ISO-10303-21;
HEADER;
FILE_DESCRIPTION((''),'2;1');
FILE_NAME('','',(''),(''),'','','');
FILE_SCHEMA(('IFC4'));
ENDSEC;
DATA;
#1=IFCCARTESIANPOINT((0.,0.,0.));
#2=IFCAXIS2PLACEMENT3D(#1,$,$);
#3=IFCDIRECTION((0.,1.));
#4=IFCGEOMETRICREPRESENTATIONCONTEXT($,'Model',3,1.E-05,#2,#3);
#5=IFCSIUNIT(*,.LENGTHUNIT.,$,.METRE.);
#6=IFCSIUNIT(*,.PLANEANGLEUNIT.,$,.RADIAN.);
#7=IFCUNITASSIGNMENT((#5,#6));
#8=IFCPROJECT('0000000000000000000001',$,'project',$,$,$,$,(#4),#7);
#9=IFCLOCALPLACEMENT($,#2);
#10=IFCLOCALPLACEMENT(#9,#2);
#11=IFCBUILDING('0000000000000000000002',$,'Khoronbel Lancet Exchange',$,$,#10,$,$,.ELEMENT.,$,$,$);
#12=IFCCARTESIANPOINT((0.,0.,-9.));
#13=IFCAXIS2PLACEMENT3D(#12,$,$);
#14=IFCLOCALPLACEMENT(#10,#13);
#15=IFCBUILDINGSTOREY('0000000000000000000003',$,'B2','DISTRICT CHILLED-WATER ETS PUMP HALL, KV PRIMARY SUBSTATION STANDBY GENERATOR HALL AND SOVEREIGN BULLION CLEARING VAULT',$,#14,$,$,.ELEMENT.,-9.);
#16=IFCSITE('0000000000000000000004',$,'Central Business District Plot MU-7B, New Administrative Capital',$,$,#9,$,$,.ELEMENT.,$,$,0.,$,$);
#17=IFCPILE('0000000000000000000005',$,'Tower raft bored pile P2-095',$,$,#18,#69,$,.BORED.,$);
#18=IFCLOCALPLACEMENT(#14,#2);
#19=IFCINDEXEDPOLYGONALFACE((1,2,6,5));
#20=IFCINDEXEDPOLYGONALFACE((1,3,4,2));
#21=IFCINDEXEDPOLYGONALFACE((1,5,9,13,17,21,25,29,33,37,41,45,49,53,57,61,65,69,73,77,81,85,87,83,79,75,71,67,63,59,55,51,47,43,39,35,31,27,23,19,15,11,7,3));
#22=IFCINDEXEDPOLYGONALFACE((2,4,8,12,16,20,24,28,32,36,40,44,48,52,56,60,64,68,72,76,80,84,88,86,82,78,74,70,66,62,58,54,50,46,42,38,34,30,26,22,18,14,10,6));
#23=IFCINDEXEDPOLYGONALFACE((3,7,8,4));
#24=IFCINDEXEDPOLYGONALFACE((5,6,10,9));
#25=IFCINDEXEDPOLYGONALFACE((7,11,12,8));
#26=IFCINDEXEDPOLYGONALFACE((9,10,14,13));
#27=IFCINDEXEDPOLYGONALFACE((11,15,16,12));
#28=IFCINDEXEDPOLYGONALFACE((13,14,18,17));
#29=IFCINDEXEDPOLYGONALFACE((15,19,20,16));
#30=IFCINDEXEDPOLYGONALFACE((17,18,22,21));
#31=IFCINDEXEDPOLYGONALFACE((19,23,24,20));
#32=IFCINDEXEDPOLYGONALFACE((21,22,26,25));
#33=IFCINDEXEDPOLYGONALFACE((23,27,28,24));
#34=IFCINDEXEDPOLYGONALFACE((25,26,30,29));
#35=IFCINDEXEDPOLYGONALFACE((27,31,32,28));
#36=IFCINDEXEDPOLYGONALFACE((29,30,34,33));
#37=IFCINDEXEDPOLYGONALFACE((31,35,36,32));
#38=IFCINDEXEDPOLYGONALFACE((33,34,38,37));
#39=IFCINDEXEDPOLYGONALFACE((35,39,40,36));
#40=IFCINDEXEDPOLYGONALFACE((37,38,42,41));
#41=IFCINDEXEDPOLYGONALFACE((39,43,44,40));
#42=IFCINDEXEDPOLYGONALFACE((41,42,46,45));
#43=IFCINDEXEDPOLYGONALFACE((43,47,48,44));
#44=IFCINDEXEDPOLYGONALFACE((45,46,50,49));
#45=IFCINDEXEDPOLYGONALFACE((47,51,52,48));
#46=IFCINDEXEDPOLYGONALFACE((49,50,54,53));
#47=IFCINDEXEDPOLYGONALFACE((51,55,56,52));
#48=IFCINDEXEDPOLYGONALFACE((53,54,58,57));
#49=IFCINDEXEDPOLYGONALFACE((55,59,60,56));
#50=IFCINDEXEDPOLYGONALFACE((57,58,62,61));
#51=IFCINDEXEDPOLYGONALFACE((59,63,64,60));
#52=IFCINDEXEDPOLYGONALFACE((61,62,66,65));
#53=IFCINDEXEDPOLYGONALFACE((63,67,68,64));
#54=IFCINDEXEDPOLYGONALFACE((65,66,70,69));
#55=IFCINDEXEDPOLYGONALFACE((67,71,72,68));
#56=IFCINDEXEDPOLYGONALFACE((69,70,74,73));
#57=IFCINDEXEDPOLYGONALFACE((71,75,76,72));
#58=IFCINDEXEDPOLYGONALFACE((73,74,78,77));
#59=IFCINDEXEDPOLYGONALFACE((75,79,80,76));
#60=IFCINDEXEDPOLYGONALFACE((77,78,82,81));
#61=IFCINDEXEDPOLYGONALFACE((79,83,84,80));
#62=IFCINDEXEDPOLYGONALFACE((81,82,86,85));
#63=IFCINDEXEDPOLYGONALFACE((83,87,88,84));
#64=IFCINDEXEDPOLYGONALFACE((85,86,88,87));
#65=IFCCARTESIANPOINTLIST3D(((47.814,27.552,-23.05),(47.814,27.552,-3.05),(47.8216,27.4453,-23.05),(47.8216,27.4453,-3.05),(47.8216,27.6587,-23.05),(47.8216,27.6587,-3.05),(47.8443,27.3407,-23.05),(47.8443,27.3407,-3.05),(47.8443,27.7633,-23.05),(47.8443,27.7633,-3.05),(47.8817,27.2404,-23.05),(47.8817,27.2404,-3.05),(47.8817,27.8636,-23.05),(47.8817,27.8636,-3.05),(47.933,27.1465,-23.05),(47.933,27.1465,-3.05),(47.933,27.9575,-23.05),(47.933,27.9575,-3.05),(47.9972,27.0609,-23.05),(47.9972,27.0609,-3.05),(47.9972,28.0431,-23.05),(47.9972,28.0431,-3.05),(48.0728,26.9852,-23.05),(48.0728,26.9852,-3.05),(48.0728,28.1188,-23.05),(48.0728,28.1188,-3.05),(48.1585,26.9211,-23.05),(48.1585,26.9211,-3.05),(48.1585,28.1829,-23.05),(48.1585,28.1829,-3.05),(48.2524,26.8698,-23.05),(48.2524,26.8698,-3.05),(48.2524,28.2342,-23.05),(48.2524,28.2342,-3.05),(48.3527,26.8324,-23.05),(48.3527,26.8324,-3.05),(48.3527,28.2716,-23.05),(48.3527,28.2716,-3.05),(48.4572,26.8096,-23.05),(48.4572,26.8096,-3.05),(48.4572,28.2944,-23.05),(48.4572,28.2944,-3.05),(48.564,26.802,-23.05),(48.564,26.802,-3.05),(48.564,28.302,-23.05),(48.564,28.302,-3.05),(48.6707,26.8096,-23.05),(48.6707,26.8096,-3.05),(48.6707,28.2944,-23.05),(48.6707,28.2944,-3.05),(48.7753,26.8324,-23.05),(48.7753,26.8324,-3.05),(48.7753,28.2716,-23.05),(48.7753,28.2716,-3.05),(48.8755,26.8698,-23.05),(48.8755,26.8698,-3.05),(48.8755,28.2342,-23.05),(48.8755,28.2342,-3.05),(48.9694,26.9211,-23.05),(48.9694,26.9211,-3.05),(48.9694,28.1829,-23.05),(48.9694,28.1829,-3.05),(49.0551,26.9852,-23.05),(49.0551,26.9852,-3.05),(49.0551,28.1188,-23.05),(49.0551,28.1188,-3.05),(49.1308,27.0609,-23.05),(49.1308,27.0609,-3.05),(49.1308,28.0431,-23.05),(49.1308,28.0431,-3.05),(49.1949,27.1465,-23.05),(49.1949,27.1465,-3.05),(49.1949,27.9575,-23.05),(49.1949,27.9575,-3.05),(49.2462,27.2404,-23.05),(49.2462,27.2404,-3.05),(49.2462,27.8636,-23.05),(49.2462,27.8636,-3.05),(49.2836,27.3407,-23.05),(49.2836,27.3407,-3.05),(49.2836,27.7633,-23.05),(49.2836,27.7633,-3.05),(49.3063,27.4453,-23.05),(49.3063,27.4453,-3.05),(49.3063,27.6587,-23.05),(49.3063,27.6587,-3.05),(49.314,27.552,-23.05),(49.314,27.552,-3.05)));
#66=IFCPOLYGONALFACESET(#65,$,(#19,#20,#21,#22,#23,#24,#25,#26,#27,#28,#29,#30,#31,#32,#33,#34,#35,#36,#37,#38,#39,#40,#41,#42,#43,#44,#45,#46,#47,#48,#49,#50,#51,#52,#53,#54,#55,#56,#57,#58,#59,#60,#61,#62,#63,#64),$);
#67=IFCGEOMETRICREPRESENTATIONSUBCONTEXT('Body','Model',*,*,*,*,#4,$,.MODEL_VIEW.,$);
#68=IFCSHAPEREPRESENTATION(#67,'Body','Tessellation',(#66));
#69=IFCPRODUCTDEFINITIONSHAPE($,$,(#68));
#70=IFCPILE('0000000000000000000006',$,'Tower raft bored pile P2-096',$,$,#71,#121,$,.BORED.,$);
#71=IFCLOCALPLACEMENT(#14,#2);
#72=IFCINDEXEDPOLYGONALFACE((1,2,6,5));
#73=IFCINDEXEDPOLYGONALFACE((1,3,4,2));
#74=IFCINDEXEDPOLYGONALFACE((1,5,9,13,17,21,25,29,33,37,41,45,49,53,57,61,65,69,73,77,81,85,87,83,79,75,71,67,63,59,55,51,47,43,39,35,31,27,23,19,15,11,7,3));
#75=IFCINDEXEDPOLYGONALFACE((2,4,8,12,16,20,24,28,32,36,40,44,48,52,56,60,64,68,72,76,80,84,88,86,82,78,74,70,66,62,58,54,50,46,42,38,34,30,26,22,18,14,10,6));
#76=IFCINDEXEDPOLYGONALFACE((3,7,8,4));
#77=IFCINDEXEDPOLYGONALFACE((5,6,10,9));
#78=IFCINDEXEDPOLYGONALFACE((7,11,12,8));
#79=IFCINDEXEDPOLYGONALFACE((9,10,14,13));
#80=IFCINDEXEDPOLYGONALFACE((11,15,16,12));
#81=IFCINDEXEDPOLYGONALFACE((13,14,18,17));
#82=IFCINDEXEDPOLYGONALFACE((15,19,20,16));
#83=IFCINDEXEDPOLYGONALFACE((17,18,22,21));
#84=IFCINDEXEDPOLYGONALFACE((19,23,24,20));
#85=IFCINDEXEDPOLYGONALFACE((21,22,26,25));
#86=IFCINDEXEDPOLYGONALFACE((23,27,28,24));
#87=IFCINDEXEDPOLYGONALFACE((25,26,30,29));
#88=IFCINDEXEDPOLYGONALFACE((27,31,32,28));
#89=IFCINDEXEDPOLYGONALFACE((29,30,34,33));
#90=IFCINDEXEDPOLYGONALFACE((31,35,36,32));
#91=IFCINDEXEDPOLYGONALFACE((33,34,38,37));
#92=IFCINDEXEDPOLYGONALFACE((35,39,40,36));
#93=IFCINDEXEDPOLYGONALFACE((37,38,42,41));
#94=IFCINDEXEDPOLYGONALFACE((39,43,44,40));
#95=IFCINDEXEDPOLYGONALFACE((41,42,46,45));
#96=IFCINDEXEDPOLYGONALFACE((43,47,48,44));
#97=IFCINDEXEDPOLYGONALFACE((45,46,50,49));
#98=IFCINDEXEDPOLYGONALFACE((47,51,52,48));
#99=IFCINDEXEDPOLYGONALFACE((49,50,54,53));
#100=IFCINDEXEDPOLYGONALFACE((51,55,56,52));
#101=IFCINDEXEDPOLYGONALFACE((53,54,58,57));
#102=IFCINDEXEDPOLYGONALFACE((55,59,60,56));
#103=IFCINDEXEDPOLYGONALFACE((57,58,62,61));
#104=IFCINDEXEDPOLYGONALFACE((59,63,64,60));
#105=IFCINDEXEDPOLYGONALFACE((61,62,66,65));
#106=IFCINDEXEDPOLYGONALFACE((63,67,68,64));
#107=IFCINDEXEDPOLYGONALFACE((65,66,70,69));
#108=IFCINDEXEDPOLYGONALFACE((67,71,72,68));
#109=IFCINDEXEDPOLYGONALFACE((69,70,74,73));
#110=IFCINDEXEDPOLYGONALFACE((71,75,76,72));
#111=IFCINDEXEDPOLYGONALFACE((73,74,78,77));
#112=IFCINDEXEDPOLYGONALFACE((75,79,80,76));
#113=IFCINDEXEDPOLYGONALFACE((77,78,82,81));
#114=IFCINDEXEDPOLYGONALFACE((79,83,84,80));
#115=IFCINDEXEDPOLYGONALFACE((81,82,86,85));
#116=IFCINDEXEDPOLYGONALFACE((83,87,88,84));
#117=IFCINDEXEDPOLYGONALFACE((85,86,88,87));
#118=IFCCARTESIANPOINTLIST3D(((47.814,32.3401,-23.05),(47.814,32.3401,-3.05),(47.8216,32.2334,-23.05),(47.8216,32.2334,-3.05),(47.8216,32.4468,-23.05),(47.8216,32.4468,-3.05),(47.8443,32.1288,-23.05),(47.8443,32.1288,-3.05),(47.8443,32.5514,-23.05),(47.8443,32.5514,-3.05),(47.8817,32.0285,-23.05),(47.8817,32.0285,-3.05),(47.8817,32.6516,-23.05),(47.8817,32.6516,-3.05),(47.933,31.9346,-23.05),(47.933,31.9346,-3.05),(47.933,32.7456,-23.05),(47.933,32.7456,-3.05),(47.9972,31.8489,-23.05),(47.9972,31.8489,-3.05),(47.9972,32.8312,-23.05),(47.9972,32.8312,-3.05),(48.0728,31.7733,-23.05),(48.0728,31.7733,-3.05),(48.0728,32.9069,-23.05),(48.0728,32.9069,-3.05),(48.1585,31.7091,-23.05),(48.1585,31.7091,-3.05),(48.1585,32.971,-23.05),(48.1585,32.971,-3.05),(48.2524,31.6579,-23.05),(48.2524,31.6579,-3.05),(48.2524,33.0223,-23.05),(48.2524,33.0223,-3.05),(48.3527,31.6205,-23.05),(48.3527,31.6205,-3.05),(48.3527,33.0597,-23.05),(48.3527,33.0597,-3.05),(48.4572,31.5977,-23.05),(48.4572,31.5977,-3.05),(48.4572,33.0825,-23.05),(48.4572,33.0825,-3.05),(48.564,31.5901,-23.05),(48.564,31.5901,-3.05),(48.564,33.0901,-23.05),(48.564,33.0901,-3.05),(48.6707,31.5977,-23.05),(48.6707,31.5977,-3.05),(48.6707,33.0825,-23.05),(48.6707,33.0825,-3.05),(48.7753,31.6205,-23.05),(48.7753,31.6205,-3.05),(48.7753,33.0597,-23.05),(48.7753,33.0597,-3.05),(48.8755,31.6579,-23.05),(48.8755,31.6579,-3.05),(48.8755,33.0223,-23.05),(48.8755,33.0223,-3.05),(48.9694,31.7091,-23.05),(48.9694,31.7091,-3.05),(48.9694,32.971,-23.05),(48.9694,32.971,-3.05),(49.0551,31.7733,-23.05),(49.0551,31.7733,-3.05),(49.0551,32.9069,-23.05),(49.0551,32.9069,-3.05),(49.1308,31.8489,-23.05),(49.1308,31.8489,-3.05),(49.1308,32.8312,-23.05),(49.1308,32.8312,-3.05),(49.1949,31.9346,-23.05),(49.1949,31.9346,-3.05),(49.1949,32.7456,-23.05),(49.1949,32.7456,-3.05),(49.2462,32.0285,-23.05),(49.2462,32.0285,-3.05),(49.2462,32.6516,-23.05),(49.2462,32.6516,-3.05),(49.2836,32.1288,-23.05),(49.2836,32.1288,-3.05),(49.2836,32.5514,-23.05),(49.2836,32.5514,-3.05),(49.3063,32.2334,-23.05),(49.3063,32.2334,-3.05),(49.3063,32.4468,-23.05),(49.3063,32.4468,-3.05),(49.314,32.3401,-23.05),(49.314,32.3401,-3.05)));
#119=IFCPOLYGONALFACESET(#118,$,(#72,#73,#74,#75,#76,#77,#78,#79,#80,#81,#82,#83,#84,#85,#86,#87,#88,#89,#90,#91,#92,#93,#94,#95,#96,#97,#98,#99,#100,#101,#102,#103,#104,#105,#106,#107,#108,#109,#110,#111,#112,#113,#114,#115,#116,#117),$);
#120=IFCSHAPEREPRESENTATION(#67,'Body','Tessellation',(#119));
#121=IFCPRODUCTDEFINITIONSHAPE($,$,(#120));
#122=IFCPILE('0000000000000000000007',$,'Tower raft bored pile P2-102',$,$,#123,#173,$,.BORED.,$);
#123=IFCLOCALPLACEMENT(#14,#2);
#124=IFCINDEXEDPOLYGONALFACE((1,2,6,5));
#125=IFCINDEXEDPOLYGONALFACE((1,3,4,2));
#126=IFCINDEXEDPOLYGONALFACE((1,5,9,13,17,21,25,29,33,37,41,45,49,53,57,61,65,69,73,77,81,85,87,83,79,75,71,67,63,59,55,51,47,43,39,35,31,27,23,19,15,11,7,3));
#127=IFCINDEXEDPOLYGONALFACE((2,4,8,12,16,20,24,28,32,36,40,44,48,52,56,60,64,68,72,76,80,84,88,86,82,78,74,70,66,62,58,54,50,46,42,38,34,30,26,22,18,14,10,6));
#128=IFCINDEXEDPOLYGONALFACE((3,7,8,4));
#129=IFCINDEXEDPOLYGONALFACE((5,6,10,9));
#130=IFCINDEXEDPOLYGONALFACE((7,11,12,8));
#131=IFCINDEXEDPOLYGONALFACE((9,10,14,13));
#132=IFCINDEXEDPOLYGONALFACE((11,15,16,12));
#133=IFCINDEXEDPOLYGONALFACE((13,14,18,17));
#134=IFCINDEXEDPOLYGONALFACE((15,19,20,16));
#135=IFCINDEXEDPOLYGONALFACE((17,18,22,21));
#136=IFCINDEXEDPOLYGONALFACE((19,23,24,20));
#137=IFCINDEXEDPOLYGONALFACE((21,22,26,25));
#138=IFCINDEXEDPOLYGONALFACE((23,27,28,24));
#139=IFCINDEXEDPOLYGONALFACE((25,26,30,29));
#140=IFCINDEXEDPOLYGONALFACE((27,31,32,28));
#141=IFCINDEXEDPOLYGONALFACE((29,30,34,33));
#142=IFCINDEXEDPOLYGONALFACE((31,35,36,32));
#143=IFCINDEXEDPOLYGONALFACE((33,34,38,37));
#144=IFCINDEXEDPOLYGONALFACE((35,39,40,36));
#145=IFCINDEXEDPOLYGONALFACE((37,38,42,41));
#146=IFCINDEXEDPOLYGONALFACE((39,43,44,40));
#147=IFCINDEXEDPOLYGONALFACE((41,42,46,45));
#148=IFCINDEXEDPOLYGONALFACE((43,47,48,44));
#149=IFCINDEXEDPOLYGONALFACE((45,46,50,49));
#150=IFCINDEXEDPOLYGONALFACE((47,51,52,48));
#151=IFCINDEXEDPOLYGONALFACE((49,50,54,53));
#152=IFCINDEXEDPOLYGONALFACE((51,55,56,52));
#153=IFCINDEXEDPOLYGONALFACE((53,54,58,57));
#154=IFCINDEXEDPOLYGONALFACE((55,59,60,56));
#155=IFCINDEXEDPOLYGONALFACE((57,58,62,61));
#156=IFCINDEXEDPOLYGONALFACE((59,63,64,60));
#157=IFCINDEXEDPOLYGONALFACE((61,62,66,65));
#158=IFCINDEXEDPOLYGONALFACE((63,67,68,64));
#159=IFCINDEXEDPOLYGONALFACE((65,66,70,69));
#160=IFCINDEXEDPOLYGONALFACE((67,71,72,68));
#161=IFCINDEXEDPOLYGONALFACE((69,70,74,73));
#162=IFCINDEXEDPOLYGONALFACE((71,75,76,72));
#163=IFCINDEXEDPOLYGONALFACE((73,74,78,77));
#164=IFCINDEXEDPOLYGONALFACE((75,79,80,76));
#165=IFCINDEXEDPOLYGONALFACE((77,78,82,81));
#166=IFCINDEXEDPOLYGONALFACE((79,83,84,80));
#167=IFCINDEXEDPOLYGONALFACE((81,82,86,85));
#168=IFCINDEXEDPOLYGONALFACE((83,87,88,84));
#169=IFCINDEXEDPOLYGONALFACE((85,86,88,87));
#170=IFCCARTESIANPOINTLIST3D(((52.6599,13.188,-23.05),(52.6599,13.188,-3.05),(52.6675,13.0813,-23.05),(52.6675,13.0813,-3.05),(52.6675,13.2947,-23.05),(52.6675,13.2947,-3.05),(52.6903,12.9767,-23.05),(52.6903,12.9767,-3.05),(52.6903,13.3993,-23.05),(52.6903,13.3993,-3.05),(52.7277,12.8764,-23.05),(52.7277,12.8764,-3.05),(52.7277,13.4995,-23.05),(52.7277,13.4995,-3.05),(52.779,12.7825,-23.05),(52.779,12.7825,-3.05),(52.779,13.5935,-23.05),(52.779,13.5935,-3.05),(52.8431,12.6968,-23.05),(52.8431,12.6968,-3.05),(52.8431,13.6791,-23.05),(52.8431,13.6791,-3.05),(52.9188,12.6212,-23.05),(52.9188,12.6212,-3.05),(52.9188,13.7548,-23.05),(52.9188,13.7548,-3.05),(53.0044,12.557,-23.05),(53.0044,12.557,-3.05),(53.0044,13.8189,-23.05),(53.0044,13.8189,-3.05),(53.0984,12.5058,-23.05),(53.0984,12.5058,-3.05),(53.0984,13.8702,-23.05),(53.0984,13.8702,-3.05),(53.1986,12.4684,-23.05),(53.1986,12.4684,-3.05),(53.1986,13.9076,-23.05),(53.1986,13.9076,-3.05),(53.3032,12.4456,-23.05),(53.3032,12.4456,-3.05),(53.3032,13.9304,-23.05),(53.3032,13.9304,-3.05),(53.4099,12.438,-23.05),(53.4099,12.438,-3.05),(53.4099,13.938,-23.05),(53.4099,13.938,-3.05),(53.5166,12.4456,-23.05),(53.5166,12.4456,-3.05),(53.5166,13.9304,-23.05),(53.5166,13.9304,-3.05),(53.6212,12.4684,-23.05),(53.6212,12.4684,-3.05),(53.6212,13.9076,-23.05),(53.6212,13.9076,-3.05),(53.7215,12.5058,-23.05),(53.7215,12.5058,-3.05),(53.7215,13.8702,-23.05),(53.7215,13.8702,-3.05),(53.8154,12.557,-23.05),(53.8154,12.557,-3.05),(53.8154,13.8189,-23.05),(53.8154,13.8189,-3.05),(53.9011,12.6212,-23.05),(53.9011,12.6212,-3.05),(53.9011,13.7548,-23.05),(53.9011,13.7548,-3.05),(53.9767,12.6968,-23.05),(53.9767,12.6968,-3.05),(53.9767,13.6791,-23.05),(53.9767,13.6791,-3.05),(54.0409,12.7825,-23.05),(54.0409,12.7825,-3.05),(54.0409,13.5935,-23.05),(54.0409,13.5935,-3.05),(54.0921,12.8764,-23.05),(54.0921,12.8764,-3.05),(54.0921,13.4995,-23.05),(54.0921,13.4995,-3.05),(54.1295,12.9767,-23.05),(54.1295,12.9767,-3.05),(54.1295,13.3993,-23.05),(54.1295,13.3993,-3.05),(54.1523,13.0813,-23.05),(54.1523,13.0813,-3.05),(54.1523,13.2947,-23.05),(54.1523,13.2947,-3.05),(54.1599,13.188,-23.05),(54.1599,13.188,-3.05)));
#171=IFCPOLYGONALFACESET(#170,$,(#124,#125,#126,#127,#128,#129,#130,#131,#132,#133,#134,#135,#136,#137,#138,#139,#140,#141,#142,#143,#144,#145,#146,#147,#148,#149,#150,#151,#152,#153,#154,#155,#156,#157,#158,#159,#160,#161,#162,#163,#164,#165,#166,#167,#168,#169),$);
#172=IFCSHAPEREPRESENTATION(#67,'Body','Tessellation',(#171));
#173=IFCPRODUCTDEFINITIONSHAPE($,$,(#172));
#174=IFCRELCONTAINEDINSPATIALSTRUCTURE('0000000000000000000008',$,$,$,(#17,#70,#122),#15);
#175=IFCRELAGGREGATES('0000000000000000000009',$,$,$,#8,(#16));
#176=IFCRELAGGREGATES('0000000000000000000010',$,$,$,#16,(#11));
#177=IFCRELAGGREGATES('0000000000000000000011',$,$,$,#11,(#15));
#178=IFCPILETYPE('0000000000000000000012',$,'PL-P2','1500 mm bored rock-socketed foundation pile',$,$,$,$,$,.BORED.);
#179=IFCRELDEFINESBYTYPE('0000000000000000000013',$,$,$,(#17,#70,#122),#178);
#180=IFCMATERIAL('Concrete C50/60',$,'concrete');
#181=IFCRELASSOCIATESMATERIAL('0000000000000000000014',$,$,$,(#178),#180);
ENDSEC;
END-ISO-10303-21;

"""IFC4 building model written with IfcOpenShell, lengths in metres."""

from ifc_helpers import new_model, si_unit, direction, frame, origin, origin_2d, place, context, subcontext, project, spatial, circle, extrude, material, material_profile, profile_set, type_object, element, save


model = new_model("IFC4")

# Units and contexts
model_context = context("Model", 3, precision=1e-05, world=origin(), true_north=direction((0.0, 1.0)))
body_context = subcontext(model_context, "Body", "Model", "MODEL_VIEW")
ifc_project = project(units=[si_unit("LENGTHUNIT", "METRE"), si_unit("PLANEANGLEUNIT", "RADIAN")], contexts=[model_context])

# Site, building, storey
site_placement = place(None, origin())
site = spatial("IfcSite", under=ifc_project, at=site_placement, Name="Central Business District Plot MU-7B, New Administrative Capital", CompositionType="ELEMENT", RefElevation=0.0)
building_placement = place(site_placement, origin())
building = spatial("IfcBuilding", under=site, at=building_placement, Name="Khoronbel Lancet Exchange", CompositionType="ELEMENT")
storey_placement = place(building_placement, frame((0.0, 0.0, -9.0)))
storey = spatial("IfcBuildingStorey", under=building, at=storey_placement, Name="B2", Description="DISTRICT CHILLED-WATER ETS PUMP HALL, KV PRIMARY SUBSTATION STANDBY GENERATOR HALL AND SOVEREIGN BULLION CLEARING VAULT", CompositionType="ELEMENT", Elevation=-9.0)

# Piles
ifc_material = material(Name="Concrete C50/60", Category="concrete")
ifc_material_profile = material_profile(ifc_material, circle(Radius=0.75, at=origin_2d()), Name="BORED PILE D1500")
ifc_profile_set = profile_set([ifc_material_profile], Name="Concrete C50/60")
pile_type = type_object("IfcPileType", Name="PL-P2", Description="1500 mm bored rock-socketed foundation pile", PredefinedType="BORED", material=ifc_profile_set)
for number, where, z_axis, x_axis, name in (
    (1, (48.564, 27.552, -3.05), (0.0, 0.0, -1.0), (1.0, 0.0, 0.0), "Tower raft bored pile P2-095"),
    (2, (48.564, 32.3401, -3.05), (0.0, 0.0, -1.0), (1.0, 0.0, 0.0), "Tower raft bored pile P2-096"),
    (3, (53.4099, 13.188, -3.05), (0.0, 0.0, -1.0), (1.0, 0.0, 0.0), "Tower raft bored pile P2-102"),
):
    element("IfcPile", number, at=place(storey_placement, frame(where, z_axis=z_axis, x_axis=x_axis)), inside=storey, type_object=pile_type, Name=name, PredefinedType="BORED", context=body_context, shape_type="SweptSolid", body=[
        extrude(circle(Radius=0.75, at=origin_2d()), origin(), (0.0, 0.0, 1.0), 20.0),
    ])

save(model, "model.ifc")
